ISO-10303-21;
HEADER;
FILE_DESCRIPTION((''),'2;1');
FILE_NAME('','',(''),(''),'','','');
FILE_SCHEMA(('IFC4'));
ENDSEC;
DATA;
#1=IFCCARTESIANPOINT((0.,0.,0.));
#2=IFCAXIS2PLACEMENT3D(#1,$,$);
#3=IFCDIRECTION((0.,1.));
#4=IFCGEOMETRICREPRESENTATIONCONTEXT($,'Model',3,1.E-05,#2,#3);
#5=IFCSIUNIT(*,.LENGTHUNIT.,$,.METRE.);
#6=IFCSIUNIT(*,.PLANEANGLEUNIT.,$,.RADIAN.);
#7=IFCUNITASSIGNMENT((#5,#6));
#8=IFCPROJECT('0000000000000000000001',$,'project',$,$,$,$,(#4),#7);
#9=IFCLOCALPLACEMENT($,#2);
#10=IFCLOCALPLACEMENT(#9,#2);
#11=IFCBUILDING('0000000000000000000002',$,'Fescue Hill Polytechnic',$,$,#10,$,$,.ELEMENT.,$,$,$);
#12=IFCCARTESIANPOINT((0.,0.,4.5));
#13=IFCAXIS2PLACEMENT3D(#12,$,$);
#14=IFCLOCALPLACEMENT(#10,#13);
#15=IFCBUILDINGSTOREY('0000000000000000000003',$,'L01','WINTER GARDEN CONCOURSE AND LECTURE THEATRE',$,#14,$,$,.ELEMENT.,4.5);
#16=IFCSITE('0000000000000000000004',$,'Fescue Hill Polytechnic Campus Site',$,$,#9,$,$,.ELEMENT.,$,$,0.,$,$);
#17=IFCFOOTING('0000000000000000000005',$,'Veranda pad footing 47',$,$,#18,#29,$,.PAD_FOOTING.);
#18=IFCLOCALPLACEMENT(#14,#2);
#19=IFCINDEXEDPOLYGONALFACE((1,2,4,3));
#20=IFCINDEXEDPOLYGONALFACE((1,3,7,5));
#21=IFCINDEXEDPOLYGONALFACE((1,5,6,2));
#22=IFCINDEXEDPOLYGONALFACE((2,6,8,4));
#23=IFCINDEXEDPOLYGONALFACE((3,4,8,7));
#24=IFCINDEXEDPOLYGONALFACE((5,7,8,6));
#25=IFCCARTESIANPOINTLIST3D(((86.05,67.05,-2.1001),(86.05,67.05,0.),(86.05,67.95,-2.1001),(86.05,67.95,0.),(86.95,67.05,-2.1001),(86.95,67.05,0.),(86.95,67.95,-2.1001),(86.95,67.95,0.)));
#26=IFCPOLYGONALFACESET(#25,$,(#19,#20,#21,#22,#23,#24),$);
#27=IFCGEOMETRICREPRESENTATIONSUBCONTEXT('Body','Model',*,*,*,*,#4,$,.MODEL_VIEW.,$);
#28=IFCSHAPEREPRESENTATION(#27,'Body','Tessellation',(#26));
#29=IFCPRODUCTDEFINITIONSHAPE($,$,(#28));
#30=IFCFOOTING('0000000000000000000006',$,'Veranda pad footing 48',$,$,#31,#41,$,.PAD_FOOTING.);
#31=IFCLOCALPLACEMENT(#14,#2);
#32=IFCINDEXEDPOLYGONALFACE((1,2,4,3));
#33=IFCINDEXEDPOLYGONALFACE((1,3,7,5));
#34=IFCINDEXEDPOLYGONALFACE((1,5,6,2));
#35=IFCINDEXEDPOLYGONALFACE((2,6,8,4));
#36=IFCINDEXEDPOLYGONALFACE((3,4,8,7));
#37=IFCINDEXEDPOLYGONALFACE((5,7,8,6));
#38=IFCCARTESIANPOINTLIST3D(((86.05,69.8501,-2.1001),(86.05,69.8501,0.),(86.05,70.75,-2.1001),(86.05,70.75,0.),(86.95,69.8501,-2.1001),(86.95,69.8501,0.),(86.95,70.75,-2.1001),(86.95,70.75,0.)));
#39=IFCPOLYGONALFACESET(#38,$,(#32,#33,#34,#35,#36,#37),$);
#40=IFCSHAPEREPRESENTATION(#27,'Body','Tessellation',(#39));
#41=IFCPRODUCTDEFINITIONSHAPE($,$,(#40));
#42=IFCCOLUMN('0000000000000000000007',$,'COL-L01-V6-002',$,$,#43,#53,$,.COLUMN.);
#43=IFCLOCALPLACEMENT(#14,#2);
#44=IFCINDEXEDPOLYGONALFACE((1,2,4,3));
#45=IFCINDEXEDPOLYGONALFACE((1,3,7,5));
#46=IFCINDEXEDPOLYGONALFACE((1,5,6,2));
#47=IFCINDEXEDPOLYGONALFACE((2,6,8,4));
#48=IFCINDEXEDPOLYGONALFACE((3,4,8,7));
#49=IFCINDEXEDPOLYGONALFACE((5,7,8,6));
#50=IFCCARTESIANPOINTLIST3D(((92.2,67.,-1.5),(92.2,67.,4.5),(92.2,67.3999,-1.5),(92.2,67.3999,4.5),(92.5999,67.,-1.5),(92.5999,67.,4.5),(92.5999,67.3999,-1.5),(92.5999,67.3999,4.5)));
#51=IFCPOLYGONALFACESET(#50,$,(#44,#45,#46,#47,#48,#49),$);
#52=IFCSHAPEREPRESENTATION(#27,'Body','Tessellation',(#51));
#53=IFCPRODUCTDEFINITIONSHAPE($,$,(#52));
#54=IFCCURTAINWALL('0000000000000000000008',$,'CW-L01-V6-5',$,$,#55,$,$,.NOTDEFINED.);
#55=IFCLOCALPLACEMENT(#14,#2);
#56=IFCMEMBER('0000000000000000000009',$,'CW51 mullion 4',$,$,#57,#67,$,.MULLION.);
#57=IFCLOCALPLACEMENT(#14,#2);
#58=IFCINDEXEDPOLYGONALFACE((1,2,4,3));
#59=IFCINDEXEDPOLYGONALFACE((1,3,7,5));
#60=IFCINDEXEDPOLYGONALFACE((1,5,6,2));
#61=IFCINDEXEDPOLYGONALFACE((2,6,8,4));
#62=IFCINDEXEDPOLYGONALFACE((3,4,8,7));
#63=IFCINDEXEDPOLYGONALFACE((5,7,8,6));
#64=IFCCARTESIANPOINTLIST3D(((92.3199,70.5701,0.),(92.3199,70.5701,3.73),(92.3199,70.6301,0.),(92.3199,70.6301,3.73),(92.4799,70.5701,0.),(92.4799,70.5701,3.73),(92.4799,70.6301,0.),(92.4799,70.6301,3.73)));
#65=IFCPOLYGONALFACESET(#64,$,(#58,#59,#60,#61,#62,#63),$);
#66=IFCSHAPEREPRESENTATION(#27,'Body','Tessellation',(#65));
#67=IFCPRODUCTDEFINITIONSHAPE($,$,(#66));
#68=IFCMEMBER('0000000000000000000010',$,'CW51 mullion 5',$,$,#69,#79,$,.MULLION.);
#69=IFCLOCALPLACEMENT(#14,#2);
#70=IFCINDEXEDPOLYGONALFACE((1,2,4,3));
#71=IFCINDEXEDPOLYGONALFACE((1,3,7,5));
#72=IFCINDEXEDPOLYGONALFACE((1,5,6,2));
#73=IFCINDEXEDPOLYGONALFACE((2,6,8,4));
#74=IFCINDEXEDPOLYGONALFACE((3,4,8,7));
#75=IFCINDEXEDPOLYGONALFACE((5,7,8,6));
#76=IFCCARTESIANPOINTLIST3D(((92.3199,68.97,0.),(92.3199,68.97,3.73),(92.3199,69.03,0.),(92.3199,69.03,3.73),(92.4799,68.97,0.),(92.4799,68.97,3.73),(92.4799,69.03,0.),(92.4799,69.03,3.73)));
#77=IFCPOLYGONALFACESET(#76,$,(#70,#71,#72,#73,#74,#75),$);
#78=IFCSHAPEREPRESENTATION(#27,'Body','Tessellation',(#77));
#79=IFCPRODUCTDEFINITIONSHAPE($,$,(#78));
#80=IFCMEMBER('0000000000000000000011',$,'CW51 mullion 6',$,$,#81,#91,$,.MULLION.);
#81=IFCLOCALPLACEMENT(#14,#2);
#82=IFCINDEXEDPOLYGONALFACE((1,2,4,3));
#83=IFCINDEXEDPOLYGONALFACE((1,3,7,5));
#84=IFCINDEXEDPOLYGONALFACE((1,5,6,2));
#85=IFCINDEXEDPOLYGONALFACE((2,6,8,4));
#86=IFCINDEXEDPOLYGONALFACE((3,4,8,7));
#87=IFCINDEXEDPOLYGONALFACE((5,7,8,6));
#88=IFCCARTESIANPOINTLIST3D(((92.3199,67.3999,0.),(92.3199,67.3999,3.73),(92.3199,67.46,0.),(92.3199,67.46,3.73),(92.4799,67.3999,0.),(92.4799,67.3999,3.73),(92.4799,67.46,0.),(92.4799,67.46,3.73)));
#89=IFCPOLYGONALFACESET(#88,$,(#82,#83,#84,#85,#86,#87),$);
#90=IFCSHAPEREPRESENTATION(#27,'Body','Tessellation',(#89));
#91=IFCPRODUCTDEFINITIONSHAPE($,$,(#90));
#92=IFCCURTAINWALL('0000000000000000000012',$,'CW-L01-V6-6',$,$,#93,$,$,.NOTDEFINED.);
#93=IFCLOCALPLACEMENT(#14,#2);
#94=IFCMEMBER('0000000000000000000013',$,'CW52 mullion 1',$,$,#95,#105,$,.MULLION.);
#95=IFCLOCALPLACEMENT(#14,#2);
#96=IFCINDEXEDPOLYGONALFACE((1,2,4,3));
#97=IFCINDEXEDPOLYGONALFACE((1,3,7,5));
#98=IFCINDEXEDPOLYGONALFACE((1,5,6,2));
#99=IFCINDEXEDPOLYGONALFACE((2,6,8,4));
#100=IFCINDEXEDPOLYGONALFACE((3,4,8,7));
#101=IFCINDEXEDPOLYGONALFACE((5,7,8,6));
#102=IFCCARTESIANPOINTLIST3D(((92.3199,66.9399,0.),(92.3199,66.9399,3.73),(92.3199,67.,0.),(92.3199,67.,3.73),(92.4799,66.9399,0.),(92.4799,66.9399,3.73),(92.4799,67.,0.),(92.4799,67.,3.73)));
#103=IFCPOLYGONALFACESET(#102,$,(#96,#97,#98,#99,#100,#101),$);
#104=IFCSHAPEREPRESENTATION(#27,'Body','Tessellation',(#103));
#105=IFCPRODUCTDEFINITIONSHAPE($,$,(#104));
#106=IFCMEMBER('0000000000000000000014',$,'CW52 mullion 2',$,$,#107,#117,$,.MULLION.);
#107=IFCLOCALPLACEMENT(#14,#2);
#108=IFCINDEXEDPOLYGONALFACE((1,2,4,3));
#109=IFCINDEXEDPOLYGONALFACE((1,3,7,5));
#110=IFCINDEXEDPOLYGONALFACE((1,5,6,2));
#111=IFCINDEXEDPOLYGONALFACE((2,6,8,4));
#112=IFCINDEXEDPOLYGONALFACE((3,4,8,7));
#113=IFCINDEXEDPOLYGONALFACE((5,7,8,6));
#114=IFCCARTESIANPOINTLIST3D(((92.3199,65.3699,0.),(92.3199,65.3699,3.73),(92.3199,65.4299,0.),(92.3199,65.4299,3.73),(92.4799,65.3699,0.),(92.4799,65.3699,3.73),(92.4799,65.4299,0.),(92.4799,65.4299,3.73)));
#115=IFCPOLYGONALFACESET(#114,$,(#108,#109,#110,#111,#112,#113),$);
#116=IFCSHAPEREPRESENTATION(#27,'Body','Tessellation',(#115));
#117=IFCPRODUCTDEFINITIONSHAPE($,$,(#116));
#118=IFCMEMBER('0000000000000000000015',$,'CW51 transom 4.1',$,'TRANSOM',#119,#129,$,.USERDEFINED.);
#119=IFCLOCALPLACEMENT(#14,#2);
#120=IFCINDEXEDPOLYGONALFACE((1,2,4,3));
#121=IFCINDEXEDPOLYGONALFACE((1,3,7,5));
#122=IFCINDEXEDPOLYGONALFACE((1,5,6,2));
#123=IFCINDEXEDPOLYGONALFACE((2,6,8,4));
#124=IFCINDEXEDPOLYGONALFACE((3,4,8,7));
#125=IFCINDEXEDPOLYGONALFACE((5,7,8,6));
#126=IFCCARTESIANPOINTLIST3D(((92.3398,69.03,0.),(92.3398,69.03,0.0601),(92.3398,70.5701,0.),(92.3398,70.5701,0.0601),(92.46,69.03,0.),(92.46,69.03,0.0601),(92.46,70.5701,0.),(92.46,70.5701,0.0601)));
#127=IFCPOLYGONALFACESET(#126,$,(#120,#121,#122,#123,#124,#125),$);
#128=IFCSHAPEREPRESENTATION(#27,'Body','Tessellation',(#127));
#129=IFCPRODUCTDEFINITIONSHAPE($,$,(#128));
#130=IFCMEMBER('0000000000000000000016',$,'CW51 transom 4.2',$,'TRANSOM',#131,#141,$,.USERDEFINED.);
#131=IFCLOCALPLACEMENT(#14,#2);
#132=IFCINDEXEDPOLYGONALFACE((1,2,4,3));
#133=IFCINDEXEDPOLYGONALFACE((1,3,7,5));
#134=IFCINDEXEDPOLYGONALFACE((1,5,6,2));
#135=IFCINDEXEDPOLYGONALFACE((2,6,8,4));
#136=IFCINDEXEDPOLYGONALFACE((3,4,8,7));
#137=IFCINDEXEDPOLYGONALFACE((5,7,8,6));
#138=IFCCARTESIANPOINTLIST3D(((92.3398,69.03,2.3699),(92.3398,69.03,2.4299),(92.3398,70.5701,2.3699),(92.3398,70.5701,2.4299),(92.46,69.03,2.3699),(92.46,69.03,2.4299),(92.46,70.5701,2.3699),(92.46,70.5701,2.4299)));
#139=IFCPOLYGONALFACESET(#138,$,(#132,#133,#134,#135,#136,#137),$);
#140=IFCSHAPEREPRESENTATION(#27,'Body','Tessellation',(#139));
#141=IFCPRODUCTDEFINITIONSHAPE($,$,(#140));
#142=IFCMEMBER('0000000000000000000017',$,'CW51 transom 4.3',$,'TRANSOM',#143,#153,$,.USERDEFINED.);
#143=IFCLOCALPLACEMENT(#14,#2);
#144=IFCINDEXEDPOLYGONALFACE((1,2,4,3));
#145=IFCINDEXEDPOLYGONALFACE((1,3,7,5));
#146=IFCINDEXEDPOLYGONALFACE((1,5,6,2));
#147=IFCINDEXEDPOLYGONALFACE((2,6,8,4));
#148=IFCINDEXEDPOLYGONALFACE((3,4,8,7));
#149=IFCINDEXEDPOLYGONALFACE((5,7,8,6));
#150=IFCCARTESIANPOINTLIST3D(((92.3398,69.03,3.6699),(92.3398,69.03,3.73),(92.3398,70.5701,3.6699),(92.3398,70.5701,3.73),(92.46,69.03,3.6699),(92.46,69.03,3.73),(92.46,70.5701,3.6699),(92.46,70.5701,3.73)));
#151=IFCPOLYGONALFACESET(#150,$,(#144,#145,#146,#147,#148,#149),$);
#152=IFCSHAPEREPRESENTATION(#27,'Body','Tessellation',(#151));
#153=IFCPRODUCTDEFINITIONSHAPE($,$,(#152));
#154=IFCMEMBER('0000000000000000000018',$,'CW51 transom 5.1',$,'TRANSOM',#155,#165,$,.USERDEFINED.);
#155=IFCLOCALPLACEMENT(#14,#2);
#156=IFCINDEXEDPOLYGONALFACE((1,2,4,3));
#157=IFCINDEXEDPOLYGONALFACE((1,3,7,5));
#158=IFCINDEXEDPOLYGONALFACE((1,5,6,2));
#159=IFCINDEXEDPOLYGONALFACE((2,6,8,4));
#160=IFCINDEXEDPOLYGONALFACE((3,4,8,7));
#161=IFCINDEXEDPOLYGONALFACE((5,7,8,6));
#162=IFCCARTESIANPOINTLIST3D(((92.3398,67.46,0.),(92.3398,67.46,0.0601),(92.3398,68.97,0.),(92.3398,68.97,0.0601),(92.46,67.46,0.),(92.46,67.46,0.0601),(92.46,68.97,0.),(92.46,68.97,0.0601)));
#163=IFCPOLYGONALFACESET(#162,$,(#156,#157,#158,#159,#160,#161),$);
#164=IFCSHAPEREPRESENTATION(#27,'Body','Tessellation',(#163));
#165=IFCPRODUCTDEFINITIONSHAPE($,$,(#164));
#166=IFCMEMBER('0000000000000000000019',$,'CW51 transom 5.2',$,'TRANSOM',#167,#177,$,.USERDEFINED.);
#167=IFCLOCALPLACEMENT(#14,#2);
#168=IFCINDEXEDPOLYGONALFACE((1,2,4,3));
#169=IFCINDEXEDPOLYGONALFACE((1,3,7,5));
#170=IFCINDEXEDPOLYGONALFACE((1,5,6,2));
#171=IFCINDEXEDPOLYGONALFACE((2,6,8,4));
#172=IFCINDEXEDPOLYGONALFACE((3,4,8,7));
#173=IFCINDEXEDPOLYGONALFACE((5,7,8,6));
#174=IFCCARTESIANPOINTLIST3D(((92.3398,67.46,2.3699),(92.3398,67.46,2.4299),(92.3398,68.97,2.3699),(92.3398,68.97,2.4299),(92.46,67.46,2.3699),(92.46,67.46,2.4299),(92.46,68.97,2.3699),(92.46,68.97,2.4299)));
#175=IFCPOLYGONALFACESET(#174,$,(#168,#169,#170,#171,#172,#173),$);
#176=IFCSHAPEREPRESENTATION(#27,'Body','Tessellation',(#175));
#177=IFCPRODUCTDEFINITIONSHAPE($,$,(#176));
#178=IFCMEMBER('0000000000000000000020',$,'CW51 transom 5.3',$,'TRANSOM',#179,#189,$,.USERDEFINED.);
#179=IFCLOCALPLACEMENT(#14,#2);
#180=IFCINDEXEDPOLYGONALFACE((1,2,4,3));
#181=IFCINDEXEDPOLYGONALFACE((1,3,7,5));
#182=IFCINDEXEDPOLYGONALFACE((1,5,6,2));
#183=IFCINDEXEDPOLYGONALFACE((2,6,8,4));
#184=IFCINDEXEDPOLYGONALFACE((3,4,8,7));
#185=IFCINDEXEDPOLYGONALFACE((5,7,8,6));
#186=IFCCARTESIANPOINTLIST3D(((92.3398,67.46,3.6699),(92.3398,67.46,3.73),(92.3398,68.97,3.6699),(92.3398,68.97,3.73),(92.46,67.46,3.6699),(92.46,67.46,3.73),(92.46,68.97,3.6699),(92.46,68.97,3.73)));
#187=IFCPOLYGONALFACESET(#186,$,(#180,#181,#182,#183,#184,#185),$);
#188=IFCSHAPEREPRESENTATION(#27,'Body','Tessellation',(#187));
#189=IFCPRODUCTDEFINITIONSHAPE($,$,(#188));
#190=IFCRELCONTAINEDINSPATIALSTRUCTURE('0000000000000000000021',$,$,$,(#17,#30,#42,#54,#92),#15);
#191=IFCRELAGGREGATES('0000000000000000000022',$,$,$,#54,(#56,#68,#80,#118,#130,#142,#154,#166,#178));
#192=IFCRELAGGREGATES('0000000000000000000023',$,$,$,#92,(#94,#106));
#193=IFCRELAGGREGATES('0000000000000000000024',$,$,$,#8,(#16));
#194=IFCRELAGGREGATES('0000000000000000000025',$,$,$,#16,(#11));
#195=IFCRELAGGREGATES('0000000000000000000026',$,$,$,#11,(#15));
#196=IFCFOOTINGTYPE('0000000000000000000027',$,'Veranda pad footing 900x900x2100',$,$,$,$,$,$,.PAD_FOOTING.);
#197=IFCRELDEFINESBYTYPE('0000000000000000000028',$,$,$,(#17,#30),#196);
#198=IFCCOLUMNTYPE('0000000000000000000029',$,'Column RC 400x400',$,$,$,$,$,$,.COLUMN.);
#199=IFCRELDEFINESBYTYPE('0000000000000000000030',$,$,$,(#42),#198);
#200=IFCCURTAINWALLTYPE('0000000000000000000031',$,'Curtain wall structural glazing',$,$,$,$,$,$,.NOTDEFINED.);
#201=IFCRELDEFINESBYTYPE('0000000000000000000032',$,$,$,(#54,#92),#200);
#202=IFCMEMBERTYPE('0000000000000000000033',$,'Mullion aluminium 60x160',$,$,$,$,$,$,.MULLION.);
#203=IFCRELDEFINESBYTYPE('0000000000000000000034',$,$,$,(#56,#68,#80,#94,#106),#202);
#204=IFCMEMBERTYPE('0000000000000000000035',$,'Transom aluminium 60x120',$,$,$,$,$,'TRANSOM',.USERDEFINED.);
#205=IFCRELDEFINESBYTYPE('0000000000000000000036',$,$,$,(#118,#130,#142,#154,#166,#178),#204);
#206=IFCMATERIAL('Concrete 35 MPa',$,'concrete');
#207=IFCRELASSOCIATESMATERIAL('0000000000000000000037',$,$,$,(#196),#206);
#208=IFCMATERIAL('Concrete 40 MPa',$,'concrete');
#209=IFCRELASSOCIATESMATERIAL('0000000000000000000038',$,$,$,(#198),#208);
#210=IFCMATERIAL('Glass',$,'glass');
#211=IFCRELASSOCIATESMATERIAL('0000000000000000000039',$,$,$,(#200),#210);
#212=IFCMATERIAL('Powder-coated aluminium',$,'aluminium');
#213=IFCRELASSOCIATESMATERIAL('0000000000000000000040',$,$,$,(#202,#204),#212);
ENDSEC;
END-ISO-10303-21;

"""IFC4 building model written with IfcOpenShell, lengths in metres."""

from ifc_helpers import new_model, si_unit, direction, frame, origin, origin_2d, place, context, subcontext, project, spatial, rectangle, extrude, material, material_profile, profile_set, type_object, element, aggregate, save


model = new_model("IFC4")

# Units and contexts
model_context = context("Model", 3, precision=1e-05, world=origin(), true_north=direction((0.0, 1.0)))
body_context = subcontext(model_context, "Body", "Model", "MODEL_VIEW")
ifc_project = project(units=[si_unit("LENGTHUNIT", "METRE"), si_unit("PLANEANGLEUNIT", "RADIAN")], contexts=[model_context])

# Site, building, storey
site_placement = place(None, origin())
site = spatial("IfcSite", under=ifc_project, at=site_placement, Name="Fescue Hill Polytechnic Campus Site", CompositionType="ELEMENT", RefElevation=0.0)
building_placement = place(site_placement, origin())
building = spatial("IfcBuilding", under=site, at=building_placement, Name="Fescue Hill Polytechnic", CompositionType="ELEMENT")
storey_placement = place(building_placement, frame((0.0, 0.0, 4.5)))
storey = spatial("IfcBuildingStorey", under=building, at=storey_placement, Name="L01", Description="WINTER GARDEN CONCOURSE AND LECTURE THEATRE", CompositionType="ELEMENT", Elevation=4.5)

# Footings
ifc_material_1 = material(Name="Concrete 35 MPa", Category="concrete")
footing_type = type_object("IfcFootingType", Name="Veranda pad footing 900x900x2100", PredefinedType="PAD_FOOTING", material=ifc_material_1)
for number, where, z_axis, x_axis, name in (
    (1, (86.5, 67.5, -2.1001), (0.0, 0.0, 1.0), (1.0, 0.0, 0.0), "Veranda pad footing 47"),
    (2, (86.5, 70.3, -2.1001), (0.0, 0.0, 1.0), (1.0, 0.0, 0.0), "Veranda pad footing 48"),
):
    element("IfcFooting", number, at=place(storey_placement, frame(where, z_axis=z_axis, x_axis=x_axis)), inside=storey, type_object=footing_type, Name=name, PredefinedType="PAD_FOOTING", context=body_context, shape_type="SweptSolid", body=[
        extrude(rectangle(XDim=0.8999, YDim=0.8999, at=origin_2d()), origin(), (0.0, 0.0, 1.0), 2.1001),
    ])

# Column
ifc_material_2 = material(Name="Concrete 40 MPa", Category="concrete")
ifc_material_profile_1 = material_profile(ifc_material_2, rectangle(XDim=0.3999, YDim=0.3999, at=origin_2d()), Name="RC 400x400")
ifc_profile_set_1 = profile_set([ifc_material_profile_1], Name="Concrete 40 MPa")
column_type = type_object("IfcColumnType", Name="Column RC 400x400", PredefinedType="COLUMN", material=ifc_profile_set_1)
column_placement = place(storey_placement, frame((92.3999, 67.2, -1.5), z_axis=(0.0, 0.0, 1.0), x_axis=(1.0, 0.0, 0.0)))
element("IfcColumn", 3, at=column_placement, inside=storey, type_object=column_type, Name="COL-L01-V6-002", PredefinedType="COLUMN", context=body_context, shape_type="SweptSolid", body=[
    extrude(rectangle(XDim=0.3999, YDim=0.3999, at=origin_2d()), origin(), (0.0, 0.0, 1.0), 6.0),
])

# Curtain walls, members
ifc_material_3 = material(Name="Glass", Category="glass")
curtain_wall_type = type_object("IfcCurtainWallType", Name="Curtain wall structural glazing", PredefinedType="NOTDEFINED", material=ifc_material_3)
curtain_wall_1_placement = place(storey_placement, origin())
curtain_wall_1 = element("IfcCurtainWall", 4, at=curtain_wall_1_placement, inside=storey, type_object=curtain_wall_type, Name="CW-L01-V6-5", PredefinedType="NOTDEFINED")
ifc_material_4 = material(Name="Powder-coated aluminium", Category="aluminium")
ifc_material_profile_2 = material_profile(ifc_material_4, rectangle(XDim=0.1599, YDim=0.0601, at=origin_2d()), Name="Mullion aluminium 60x160")
ifc_profile_set_2 = profile_set([ifc_material_profile_2], Name="Powder-coated aluminium")
member_type_1 = type_object("IfcMemberType", Name="Mullion aluminium 60x160", PredefinedType="MULLION", material=ifc_profile_set_2)
member_1_placement = place(storey_placement, frame((92.3999, 70.6001, 0.0), z_axis=(0.0, 0.0, 1.0), x_axis=(1.0, 0.0, 0.0)))
member_1 = element("IfcMember", 5, at=member_1_placement, type_object=member_type_1, Name="CW51 mullion 4", PredefinedType="MULLION", context=body_context, shape_type="SweptSolid", body=[
    extrude(rectangle(XDim=0.1599, YDim=0.0601, at=origin_2d()), origin(), (0.0, 0.0, 1.0), 3.73),
])
member_2_placement = place(storey_placement, frame((92.3999, 69.0, 0.0), z_axis=(0.0, 0.0, 1.0), x_axis=(1.0, 0.0, 0.0)))
member_2 = element("IfcMember", 6, at=member_2_placement, type_object=member_type_1, Name="CW51 mullion 5", PredefinedType="MULLION", context=body_context, shape_type="SweptSolid", body=[
    extrude(rectangle(XDim=0.1599, YDim=0.0601, at=origin_2d()), origin(), (0.0, 0.0, 1.0), 3.73),
])
member_3_placement = place(storey_placement, frame((92.3999, 67.4299, 0.0), z_axis=(0.0, 0.0, 1.0), x_axis=(1.0, 0.0, 0.0)))
member_3 = element("IfcMember", 7, at=member_3_placement, type_object=member_type_1, Name="CW51 mullion 6", PredefinedType="MULLION", context=body_context, shape_type="SweptSolid", body=[
    extrude(rectangle(XDim=0.1599, YDim=0.0601, at=origin_2d()), origin(), (0.0, 0.0, 1.0), 3.73),
])
curtain_wall_2_placement = place(storey_placement, origin())
curtain_wall_2 = element("IfcCurtainWall", 8, at=curtain_wall_2_placement, inside=storey, type_object=curtain_wall_type, Name="CW-L01-V6-6", PredefinedType="NOTDEFINED")
member_4_placement = place(storey_placement, frame((92.3999, 66.97, 0.0), z_axis=(0.0, 0.0, 1.0), x_axis=(1.0, 0.0, 0.0)))
member_4 = element("IfcMember", 9, at=member_4_placement, type_object=member_type_1, Name="CW52 mullion 1", PredefinedType="MULLION", context=body_context, shape_type="SweptSolid", body=[
    extrude(rectangle(XDim=0.1599, YDim=0.0601, at=origin_2d()), origin(), (0.0, 0.0, 1.0), 3.73),
])
member_5_placement = place(storey_placement, frame((92.3999, 65.3999, 0.0), z_axis=(0.0, 0.0, 1.0), x_axis=(1.0, 0.0, 0.0)))
member_5 = element("IfcMember", 10, at=member_5_placement, type_object=member_type_1, Name="CW52 mullion 2", PredefinedType="MULLION", context=body_context, shape_type="SweptSolid", body=[
    extrude(rectangle(XDim=0.1599, YDim=0.0601, at=origin_2d()), origin(), (0.0, 0.0, 1.0), 3.73),
])

# Members
ifc_material_profile_3 = material_profile(ifc_material_4, rectangle(XDim=0.1201, YDim=0.0601, at=origin_2d()), Name="Transom aluminium 60x120")
ifc_profile_set_3 = profile_set([ifc_material_profile_3], Name="Powder-coated aluminium")
member_type_2 = type_object("IfcMemberType", Name="Transom aluminium 60x120", ElementType="TRANSOM", PredefinedType="USERDEFINED", material=ifc_profile_set_3)
member_6_placement = place(storey_placement, frame((92.3999, 70.5701, 0.03), z_axis=(0.0, -1.0, 0.0), x_axis=(1.0, 0.0, 0.0)))
member_6 = element("IfcMember", 11, at=member_6_placement, type_object=member_type_2, Name="CW51 transom 4.1", ObjectType="TRANSOM", PredefinedType="USERDEFINED", context=body_context, shape_type="SweptSolid", body=[
    extrude(rectangle(XDim=0.1201, YDim=0.0601, at=origin_2d()), origin(), (0.0, 0.0, 1.0), 1.54),
])
member_7_placement = place(storey_placement, frame((92.3999, 70.5701, 2.3999), z_axis=(0.0, -1.0, 0.0), x_axis=(1.0, 0.0, 0.0)))
member_7 = element("IfcMember", 12, at=member_7_placement, type_object=member_type_2, Name="CW51 transom 4.2", ObjectType="TRANSOM", PredefinedType="USERDEFINED", context=body_context, shape_type="SweptSolid", body=[
    extrude(rectangle(XDim=0.1201, YDim=0.0601, at=origin_2d()), origin(), (0.0, 0.0, 1.0), 1.54),
])
member_8_placement = place(storey_placement, frame((92.3999, 70.5701, 3.7), z_axis=(0.0, -1.0, 0.0), x_axis=(1.0, 0.0, 0.0)))
member_8 = element("IfcMember", 13, at=member_8_placement, type_object=member_type_2, Name="CW51 transom 4.3", ObjectType="TRANSOM", PredefinedType="USERDEFINED", context=body_context, shape_type="SweptSolid", body=[
    extrude(rectangle(XDim=0.1201, YDim=0.0601, at=origin_2d()), origin(), (0.0, 0.0, 1.0), 1.54),
])
member_9_placement = place(storey_placement, frame((92.3999, 68.97, 0.03), z_axis=(0.0, -1.0, 0.0), x_axis=(1.0, 0.0, 0.0)))
member_9 = element("IfcMember", 14, at=member_9_placement, type_object=member_type_2, Name="CW51 transom 5.1", ObjectType="TRANSOM", PredefinedType="USERDEFINED", context=body_context, shape_type="SweptSolid", body=[
    extrude(rectangle(XDim=0.1201, YDim=0.0601, at=origin_2d()), origin(), (0.0, 0.0, 1.0), 1.51),
])
member_10_placement = place(storey_placement, frame((92.3999, 68.97, 2.3999), z_axis=(0.0, -1.0, 0.0), x_axis=(1.0, 0.0, 0.0)))
member_10 = element("IfcMember", 15, at=member_10_placement, type_object=member_type_2, Name="CW51 transom 5.2", ObjectType="TRANSOM", PredefinedType="USERDEFINED", context=body_context, shape_type="SweptSolid", body=[
    extrude(rectangle(XDim=0.1201, YDim=0.0601, at=origin_2d()), origin(), (0.0, 0.0, 1.0), 1.51),
])
member_11_placement = place(storey_placement, frame((92.3999, 68.97, 3.7), z_axis=(0.0, -1.0, 0.0), x_axis=(1.0, 0.0, 0.0)))
member_11 = element("IfcMember", 16, at=member_11_placement, type_object=member_type_2, Name="CW51 transom 5.3", ObjectType="TRANSOM", PredefinedType="USERDEFINED", context=body_context, shape_type="SweptSolid", body=[
    extrude(rectangle(XDim=0.1201, YDim=0.0601, at=origin_2d()), origin(), (0.0, 0.0, 1.0), 1.51),
])

aggregate(curtain_wall_1, [member_1, member_2, member_3, member_6, member_7, member_8, member_9, member_10, member_11])
aggregate(curtain_wall_2, [member_4, member_5])

save(model, "model.ifc")
